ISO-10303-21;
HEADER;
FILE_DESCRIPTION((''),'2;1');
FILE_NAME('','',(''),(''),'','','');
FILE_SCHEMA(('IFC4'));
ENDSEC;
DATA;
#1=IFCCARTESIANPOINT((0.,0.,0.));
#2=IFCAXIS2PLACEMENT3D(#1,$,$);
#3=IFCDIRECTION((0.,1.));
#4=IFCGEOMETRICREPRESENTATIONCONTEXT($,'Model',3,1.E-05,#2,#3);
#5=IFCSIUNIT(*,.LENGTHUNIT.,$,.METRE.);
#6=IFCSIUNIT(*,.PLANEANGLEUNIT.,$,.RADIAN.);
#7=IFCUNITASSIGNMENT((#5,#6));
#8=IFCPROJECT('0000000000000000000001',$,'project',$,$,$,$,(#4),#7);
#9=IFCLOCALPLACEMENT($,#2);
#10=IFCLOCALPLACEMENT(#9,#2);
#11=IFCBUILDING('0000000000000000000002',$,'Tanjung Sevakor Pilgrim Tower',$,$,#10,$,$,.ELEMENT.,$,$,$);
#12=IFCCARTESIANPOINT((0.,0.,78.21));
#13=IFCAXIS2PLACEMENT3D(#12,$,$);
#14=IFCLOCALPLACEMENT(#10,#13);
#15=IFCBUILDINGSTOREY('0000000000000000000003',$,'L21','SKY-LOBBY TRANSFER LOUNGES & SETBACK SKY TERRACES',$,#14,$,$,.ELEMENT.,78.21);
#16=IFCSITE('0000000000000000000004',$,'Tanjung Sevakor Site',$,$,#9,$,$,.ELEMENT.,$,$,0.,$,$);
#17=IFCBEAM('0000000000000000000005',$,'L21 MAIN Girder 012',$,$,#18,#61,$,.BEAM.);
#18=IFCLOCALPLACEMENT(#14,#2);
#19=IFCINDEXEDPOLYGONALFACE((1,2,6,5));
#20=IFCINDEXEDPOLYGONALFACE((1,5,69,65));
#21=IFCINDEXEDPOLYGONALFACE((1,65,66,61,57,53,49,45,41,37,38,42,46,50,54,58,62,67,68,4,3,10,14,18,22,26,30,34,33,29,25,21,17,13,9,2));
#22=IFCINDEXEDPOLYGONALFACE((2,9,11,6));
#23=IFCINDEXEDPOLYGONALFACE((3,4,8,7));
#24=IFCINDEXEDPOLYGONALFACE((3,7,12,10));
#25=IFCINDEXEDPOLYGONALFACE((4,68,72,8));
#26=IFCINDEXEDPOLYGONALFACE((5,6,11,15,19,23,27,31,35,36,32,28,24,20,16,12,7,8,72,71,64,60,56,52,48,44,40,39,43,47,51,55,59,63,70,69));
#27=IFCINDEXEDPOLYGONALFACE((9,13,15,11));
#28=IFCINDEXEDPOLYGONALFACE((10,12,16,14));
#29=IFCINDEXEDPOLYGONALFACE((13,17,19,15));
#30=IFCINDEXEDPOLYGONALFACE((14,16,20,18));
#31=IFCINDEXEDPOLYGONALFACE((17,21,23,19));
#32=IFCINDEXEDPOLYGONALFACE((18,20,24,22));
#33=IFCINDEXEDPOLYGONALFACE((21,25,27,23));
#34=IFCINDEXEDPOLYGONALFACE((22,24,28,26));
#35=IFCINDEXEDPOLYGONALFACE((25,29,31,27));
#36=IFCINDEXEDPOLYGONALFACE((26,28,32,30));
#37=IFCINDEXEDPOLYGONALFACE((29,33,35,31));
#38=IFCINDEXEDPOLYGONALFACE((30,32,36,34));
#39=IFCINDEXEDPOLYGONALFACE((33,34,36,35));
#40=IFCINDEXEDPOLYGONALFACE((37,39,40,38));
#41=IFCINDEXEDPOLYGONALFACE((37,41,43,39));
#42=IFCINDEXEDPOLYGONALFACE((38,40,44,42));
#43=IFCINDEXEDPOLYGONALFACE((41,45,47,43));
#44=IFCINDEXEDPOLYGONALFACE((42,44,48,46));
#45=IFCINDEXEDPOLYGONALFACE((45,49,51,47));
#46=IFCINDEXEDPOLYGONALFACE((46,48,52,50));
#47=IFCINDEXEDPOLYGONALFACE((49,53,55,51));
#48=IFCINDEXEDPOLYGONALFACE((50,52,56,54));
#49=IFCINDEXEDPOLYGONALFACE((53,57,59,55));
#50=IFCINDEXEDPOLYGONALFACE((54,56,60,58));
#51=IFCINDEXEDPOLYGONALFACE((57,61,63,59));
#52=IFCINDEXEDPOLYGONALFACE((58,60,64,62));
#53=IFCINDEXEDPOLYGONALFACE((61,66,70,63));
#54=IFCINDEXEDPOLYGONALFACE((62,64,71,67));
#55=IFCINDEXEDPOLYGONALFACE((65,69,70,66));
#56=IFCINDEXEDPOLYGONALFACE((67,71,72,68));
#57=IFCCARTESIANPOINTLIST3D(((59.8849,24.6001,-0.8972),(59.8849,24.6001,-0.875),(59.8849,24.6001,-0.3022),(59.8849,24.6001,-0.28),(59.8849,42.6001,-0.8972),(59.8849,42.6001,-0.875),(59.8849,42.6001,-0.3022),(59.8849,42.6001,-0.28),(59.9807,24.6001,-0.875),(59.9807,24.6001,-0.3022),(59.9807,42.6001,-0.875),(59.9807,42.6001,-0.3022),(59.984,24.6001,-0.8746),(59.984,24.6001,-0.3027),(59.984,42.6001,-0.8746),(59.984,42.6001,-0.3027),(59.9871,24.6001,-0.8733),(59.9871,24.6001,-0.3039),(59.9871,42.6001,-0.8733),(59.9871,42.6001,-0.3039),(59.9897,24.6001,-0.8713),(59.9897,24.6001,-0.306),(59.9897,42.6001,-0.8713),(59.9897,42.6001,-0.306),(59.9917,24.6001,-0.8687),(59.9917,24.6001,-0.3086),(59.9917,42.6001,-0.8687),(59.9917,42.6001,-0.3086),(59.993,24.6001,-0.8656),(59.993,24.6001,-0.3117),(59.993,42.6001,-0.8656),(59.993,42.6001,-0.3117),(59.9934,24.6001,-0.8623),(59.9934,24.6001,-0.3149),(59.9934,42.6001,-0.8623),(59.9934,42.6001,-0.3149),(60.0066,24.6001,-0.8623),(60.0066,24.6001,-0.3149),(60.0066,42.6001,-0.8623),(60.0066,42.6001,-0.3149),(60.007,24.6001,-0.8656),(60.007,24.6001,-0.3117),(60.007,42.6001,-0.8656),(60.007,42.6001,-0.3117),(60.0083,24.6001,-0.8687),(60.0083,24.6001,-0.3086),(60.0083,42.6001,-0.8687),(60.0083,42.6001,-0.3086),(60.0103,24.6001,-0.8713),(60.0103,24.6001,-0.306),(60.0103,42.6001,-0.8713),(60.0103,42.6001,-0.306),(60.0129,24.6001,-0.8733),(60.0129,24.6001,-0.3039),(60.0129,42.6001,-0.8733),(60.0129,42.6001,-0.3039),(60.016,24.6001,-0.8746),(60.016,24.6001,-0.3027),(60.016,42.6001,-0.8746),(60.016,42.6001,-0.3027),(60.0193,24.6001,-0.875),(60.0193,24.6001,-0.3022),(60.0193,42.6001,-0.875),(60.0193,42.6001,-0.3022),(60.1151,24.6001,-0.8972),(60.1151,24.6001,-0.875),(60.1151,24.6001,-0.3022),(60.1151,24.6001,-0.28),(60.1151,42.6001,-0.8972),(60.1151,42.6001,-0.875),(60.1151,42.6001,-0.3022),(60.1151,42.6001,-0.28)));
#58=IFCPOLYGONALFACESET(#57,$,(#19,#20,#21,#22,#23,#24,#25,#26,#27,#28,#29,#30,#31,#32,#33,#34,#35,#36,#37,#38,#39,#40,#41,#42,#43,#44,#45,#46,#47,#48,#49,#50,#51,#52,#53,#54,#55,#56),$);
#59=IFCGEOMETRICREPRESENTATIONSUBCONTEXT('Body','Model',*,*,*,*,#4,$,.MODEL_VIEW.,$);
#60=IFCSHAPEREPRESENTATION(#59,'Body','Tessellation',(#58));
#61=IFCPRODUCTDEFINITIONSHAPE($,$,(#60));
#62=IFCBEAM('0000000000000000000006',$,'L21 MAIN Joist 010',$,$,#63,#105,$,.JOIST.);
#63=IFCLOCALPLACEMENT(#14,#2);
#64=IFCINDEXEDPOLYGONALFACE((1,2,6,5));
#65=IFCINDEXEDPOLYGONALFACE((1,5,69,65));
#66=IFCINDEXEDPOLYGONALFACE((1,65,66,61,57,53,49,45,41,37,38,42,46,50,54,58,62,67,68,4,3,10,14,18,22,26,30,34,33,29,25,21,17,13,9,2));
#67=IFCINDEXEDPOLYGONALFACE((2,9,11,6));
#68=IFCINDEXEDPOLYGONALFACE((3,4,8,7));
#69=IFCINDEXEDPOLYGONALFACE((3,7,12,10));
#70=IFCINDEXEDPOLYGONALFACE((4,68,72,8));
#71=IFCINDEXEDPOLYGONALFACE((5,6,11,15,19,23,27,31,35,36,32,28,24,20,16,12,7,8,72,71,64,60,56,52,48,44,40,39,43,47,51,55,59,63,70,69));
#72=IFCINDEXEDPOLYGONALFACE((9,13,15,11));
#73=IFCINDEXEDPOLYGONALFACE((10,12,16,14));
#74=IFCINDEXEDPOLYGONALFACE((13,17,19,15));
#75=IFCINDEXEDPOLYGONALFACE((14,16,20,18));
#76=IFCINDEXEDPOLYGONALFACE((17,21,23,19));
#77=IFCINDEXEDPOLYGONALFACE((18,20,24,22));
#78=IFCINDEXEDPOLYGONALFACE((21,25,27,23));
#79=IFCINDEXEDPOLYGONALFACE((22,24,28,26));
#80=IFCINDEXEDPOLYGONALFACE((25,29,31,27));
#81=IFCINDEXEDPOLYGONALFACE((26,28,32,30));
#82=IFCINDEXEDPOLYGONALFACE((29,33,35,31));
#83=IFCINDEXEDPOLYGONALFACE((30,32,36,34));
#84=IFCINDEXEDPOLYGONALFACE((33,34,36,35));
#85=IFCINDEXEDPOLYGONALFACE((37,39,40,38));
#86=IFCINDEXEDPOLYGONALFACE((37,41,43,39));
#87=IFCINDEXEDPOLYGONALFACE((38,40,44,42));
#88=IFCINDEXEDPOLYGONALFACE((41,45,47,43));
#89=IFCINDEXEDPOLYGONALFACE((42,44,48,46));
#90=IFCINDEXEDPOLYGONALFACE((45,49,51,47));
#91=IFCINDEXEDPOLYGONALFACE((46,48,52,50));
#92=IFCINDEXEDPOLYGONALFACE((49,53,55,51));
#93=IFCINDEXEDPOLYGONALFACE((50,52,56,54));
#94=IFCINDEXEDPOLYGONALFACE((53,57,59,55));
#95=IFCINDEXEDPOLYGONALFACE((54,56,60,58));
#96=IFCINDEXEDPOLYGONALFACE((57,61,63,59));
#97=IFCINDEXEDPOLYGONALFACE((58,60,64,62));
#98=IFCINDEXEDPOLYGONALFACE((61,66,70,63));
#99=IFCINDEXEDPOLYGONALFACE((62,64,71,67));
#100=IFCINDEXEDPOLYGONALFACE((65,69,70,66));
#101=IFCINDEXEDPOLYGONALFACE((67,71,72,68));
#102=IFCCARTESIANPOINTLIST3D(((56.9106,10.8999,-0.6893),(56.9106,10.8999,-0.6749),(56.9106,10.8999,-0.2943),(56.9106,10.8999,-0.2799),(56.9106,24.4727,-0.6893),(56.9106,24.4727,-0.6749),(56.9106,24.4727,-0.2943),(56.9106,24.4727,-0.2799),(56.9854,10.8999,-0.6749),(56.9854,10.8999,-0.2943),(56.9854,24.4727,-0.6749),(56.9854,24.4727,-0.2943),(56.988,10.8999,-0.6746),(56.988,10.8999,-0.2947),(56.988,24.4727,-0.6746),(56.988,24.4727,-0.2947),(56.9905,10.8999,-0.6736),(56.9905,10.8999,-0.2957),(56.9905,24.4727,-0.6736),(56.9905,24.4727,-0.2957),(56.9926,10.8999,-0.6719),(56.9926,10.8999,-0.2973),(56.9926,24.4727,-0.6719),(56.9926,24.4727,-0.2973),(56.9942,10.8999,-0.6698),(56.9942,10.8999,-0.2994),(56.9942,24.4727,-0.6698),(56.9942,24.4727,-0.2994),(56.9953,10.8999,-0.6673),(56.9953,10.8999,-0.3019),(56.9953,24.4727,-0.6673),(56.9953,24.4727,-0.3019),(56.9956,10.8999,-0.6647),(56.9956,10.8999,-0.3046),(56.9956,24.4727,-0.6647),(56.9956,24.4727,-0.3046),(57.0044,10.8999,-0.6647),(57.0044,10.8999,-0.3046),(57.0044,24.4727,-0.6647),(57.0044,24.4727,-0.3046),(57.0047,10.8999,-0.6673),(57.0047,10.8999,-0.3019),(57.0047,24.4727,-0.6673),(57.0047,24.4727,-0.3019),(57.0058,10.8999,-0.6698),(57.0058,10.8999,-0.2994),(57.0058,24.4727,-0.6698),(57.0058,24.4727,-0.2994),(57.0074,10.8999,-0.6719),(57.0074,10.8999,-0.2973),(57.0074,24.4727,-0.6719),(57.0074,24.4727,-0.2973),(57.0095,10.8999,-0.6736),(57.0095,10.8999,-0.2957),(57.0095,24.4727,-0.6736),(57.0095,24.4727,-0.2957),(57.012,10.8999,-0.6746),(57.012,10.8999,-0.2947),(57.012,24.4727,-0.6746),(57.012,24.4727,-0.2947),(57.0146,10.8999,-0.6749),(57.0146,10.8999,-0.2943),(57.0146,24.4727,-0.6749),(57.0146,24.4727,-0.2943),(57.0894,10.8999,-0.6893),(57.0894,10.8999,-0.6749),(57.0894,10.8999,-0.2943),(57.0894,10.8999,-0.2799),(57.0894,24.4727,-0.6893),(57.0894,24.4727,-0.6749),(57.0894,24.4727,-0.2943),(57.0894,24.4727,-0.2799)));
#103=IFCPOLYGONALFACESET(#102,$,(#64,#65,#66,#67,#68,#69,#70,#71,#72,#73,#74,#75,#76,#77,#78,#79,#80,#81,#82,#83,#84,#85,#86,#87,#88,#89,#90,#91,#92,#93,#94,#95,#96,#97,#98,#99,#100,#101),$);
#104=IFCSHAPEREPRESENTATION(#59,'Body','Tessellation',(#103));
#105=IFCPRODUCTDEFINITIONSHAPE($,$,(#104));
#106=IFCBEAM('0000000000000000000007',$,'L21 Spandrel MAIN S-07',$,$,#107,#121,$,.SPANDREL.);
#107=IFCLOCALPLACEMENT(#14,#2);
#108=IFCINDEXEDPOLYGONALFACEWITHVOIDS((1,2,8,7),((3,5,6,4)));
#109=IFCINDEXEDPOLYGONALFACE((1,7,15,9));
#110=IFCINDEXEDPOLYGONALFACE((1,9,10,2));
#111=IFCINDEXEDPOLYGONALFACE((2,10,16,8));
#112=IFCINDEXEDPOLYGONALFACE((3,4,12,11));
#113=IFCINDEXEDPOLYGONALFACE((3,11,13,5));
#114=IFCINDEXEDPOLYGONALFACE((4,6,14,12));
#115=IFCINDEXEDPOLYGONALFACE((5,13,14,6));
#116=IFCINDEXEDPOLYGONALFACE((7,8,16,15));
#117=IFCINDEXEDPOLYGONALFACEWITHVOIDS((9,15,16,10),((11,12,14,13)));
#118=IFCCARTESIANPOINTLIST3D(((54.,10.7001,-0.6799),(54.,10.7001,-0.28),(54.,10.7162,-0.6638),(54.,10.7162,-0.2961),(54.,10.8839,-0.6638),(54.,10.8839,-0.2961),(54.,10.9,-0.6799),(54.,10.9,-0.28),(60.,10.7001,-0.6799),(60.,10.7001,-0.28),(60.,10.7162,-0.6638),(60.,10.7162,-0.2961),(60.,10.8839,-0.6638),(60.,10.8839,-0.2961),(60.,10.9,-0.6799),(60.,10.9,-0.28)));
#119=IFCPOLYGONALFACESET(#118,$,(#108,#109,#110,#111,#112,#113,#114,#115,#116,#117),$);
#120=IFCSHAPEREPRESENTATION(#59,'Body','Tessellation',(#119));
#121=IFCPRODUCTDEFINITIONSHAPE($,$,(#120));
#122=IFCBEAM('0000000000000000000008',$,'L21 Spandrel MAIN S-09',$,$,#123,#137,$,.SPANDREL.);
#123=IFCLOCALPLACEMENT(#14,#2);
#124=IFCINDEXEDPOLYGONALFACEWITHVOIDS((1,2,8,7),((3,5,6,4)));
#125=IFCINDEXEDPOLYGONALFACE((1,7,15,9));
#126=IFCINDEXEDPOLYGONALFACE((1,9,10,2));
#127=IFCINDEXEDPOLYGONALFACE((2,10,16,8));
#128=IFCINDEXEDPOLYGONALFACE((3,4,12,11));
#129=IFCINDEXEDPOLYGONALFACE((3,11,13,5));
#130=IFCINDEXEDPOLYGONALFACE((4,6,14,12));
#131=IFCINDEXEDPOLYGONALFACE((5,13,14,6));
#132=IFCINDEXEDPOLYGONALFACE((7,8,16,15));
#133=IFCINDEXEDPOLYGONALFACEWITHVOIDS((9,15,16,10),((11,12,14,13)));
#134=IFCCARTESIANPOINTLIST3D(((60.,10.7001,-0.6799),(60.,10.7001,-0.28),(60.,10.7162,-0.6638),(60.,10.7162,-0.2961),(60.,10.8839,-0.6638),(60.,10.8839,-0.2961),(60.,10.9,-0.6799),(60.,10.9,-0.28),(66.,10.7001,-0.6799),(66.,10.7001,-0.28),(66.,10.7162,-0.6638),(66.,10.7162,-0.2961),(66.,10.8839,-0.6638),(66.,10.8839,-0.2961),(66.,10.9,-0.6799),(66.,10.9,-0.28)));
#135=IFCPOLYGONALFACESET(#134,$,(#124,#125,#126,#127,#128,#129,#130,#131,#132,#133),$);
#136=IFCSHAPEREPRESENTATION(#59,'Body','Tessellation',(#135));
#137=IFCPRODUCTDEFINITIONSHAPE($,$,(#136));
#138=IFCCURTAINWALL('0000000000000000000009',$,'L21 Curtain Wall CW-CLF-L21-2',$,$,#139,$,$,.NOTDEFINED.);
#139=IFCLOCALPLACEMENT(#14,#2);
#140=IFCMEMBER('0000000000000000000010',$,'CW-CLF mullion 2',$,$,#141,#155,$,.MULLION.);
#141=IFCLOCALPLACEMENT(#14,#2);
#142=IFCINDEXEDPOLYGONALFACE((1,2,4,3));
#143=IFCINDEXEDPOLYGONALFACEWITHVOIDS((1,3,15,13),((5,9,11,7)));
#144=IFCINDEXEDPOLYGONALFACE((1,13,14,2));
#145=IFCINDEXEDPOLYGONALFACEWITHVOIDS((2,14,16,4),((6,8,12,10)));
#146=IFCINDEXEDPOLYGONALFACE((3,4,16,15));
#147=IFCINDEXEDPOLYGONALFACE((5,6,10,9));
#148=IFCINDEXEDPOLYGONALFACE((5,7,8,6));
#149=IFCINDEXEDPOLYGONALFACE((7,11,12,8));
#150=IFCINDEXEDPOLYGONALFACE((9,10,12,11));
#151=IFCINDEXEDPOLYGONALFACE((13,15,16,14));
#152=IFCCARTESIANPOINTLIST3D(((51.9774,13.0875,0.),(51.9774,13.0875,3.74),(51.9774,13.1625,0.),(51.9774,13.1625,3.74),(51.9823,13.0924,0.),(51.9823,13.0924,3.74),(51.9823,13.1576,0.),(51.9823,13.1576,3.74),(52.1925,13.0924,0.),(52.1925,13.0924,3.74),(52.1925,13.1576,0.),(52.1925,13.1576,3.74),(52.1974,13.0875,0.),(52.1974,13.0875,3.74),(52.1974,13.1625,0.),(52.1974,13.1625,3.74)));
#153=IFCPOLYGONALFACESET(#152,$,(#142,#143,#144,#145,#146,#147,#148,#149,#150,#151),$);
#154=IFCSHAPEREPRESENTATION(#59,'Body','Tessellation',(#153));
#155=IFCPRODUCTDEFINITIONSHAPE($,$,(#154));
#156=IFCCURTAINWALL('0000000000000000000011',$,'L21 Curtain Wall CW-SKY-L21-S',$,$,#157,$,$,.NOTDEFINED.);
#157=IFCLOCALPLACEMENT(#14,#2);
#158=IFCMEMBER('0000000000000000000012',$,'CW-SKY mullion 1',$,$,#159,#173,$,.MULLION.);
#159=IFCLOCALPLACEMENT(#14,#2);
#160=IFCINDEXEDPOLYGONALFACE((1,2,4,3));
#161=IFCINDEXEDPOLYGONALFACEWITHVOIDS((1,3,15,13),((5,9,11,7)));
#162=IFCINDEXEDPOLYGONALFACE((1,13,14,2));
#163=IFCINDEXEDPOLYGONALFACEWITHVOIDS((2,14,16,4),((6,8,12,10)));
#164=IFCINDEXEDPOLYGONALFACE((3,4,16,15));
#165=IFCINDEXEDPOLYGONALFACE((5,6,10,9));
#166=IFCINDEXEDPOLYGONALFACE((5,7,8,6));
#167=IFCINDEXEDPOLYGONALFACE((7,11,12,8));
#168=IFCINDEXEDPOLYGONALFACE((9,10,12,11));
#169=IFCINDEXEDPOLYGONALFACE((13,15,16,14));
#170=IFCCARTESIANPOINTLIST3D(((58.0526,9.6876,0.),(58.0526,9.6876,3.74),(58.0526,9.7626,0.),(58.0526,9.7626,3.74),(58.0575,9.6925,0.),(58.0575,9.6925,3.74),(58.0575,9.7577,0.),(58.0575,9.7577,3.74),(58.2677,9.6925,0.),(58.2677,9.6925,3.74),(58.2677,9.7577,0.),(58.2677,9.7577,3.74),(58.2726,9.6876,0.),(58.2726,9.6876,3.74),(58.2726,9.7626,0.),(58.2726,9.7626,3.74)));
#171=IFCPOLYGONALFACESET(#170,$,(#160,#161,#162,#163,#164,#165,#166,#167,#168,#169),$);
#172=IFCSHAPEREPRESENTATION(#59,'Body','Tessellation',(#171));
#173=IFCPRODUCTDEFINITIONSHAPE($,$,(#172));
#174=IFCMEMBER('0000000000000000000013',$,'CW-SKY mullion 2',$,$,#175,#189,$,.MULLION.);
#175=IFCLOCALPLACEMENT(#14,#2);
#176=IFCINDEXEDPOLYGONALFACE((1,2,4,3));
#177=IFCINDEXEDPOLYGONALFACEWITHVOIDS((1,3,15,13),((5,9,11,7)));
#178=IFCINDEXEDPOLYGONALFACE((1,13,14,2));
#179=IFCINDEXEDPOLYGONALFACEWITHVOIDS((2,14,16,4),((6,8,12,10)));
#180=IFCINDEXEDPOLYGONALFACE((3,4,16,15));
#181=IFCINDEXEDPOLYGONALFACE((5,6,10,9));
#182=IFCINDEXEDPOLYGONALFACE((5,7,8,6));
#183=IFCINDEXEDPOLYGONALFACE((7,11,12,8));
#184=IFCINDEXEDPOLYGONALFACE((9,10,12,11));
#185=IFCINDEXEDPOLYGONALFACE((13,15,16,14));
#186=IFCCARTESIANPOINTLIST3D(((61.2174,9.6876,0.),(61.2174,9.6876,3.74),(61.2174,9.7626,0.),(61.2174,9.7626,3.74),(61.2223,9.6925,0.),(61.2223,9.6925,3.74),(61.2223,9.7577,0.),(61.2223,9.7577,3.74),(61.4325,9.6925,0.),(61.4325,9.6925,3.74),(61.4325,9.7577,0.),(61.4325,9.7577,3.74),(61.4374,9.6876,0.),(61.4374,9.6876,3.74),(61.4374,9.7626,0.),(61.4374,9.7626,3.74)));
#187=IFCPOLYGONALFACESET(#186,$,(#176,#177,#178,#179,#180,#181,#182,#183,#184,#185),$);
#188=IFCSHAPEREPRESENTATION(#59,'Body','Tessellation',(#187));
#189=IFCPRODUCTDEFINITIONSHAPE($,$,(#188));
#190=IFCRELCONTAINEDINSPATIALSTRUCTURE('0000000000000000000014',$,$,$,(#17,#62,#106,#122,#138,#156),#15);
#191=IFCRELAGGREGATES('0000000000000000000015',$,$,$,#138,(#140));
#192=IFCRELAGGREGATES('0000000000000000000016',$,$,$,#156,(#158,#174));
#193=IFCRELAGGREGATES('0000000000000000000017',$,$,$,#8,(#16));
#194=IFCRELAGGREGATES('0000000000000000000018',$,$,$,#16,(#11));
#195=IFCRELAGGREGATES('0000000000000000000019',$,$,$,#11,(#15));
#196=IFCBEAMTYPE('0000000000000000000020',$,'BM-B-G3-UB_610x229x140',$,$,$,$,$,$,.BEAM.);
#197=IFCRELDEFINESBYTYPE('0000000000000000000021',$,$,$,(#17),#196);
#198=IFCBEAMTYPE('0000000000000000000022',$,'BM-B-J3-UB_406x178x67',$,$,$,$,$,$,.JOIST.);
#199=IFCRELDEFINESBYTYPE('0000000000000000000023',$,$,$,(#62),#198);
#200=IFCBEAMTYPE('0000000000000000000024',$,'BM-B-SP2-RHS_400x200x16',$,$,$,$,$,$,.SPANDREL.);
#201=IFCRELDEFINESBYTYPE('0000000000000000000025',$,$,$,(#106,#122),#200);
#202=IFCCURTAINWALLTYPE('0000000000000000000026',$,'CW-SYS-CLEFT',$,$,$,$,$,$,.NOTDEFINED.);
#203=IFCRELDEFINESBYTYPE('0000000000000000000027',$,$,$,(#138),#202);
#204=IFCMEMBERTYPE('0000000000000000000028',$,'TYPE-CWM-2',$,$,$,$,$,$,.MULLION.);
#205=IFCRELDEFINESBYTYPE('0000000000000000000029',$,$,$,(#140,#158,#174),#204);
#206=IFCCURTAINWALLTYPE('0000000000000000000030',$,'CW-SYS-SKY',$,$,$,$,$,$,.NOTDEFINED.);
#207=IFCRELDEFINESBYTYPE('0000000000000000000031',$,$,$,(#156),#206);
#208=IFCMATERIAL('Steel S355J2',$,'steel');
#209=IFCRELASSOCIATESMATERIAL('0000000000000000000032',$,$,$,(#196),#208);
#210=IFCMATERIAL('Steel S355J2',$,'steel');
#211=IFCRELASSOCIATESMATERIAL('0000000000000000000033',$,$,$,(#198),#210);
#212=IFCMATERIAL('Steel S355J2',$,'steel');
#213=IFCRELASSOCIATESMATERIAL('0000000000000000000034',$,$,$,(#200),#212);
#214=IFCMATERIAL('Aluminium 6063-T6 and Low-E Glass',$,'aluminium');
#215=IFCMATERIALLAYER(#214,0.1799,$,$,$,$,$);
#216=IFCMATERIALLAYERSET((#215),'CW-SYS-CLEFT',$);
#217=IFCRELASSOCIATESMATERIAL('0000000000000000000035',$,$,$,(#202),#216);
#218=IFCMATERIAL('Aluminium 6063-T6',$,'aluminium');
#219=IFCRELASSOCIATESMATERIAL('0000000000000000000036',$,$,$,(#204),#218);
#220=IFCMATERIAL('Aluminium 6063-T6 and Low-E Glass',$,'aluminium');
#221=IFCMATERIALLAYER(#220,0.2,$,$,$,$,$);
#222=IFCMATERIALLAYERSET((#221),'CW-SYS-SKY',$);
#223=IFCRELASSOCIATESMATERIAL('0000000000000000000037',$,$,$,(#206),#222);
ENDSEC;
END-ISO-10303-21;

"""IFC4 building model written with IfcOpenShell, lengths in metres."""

from ifc_helpers import new_model, si_unit, direction, frame, origin, origin_2d, place, context, subcontext, project, spatial, hollow_rectangle, i_section, extrude, material, layer, layer_set, material_profile, profile_set, type_object, element, aggregate, save


model = new_model("IFC4")

# Units and contexts
model_context = context("Model", 3, precision=1e-05, world=origin(), true_north=direction((0.0, 1.0)))
body_context = subcontext(model_context, "Body", "Model", "MODEL_VIEW")
ifc_project = project(units=[si_unit("LENGTHUNIT", "METRE"), si_unit("PLANEANGLEUNIT", "RADIAN")], contexts=[model_context])

# Site, building, storey
site_placement = place(None, origin())
site = spatial("IfcSite", under=ifc_project, at=site_placement, Name="Tanjung Sevakor Site", CompositionType="ELEMENT", RefElevation=0.0)
building_placement = place(site_placement, origin())
building = spatial("IfcBuilding", under=site, at=building_placement, Name="Tanjung Sevakor Pilgrim Tower", CompositionType="ELEMENT")
storey_placement = place(building_placement, frame((0.0, 0.0, 78.21)))
storey = spatial("IfcBuildingStorey", under=building, at=storey_placement, Name="L21", Description="SKY-LOBBY TRANSFER LOUNGES & SETBACK SKY TERRACES", CompositionType="ELEMENT", Elevation=78.21)

# Beams
ifc_material_1 = material(Name="Steel S355J2", Category="steel")
ifc_material_profile_1 = material_profile(ifc_material_1, i_section(OverallWidth=0.2302, OverallDepth=0.6172, WebThickness=0.0132, FlangeThickness=0.0222, FilletRadius=0.0127, at=origin_2d()))
ifc_profile_set_1 = profile_set([ifc_material_profile_1], Name="Steel S355J2")
beam_type_1 = type_object("IfcBeamType", Name="BM-B-G3-UB_610x229x140", PredefinedType="BEAM", material=ifc_profile_set_1)
for number, where, z_axis, x_axis, name in (
    (1, (60.0, 24.6001, -0.5886), (0.0, 1.0, 0.0), (-1.0, 0.0, 0.0), "L21 MAIN Girder 012"),
):
    element("IfcBeam", number, at=place(storey_placement, frame(where, z_axis=z_axis, x_axis=x_axis)), inside=storey, type_object=beam_type_1, Name=name, PredefinedType="BEAM", context=body_context, shape_type="SweptSolid", body=[
        extrude(i_section(OverallWidth=0.2302, OverallDepth=0.6172, WebThickness=0.0132, FlangeThickness=0.0222, FilletRadius=0.0127, at=origin_2d()), origin(), (0.0, 0.0, 1.0), 18.0),
    ])
ifc_material_2 = material(Name="Steel S355J2", Category="steel")
ifc_material_profile_2 = material_profile(ifc_material_2, i_section(OverallWidth=0.1787, OverallDepth=0.4094, WebThickness=0.0088, FlangeThickness=0.0144, FilletRadius=0.0103, at=origin_2d()))
ifc_profile_set_2 = profile_set([ifc_material_profile_2], Name="Steel S355J2")
beam_type_2 = type_object("IfcBeamType", Name="BM-B-J3-UB_406x178x67", PredefinedType="JOIST", material=ifc_profile_set_2)
beam_placement = place(storey_placement, frame((57.0, 10.8999, -0.4846), z_axis=(0.0, 1.0, 0.0), x_axis=(-1.0, 0.0, 0.0)))
element("IfcBeam", 2, at=beam_placement, inside=storey, type_object=beam_type_2, Name="L21 MAIN Joist 010", PredefinedType="JOIST", context=body_context, shape_type="SweptSolid", body=[
    extrude(i_section(OverallWidth=0.1787, OverallDepth=0.4094, WebThickness=0.0088, FlangeThickness=0.0144, FilletRadius=0.0103, at=origin_2d()), origin(), (0.0, 0.0, 1.0), 13.5728),
])
ifc_material_3 = material(Name="Steel S355J2", Category="steel")
ifc_material_profile_3 = material_profile(ifc_material_3, hollow_rectangle(XDim=0.2, YDim=0.3999, WallThickness=0.0161, at=origin_2d()))
ifc_profile_set_3 = profile_set([ifc_material_profile_3], Name="Steel S355J2")
beam_type_3 = type_object("IfcBeamType", Name="BM-B-SP2-RHS_400x200x16", PredefinedType="SPANDREL", material=ifc_profile_set_3)
for number, where, z_axis, x_axis, name in (
    (3, (54.0, 10.8, -0.48), (1.0, 0.0, 0.0), (0.0, 1.0, 0.0), "L21 Spandrel MAIN S-07"),
    (4, (60.0, 10.8, -0.48), (1.0, 0.0, 0.0), (0.0, 1.0, 0.0), "L21 Spandrel MAIN S-09"),
):
    element("IfcBeam", number, at=place(storey_placement, frame(where, z_axis=z_axis, x_axis=x_axis)), inside=storey, type_object=beam_type_3, Name=name, PredefinedType="SPANDREL", context=body_context, shape_type="SweptSolid", body=[
        extrude(hollow_rectangle(XDim=0.2, YDim=0.3999, WallThickness=0.0161, at=origin_2d()), origin(), (0.0, 0.0, 1.0), 6.0),
    ])

# Curtain wall, member
ifc_material_4 = material(Name="Aluminium 6063-T6 and Low-E Glass", Category="aluminium")
ifc_layer_1 = layer(ifc_material_4, 0.1799)
ifc_layer_set_1 = layer_set([ifc_layer_1], Name="CW-SYS-CLEFT")
curtain_wall_type_1 = type_object("IfcCurtainWallType", Name="CW-SYS-CLEFT", PredefinedType="NOTDEFINED", material=ifc_layer_set_1)
curtain_wall_1_placement = place(storey_placement, origin())
curtain_wall_1 = element("IfcCurtainWall", 5, at=curtain_wall_1_placement, inside=storey, type_object=curtain_wall_type_1, Name="L21 Curtain Wall CW-CLF-L21-2", PredefinedType="NOTDEFINED")
ifc_material_5 = material(Name="Aluminium 6063-T6", Category="aluminium")
ifc_material_profile_4 = material_profile(ifc_material_5, hollow_rectangle(XDim=0.075, YDim=0.22, WallThickness=0.0049, at=origin_2d()))
ifc_profile_set_4 = profile_set([ifc_material_profile_4], Name="Aluminium 6063-T6")
member_type_1 = type_object("IfcMemberType", Name="TYPE-CWM-2", PredefinedType="MULLION", material=ifc_profile_set_4)
member_1_placement = place(storey_placement, frame((52.0874, 13.125, 0.0), z_axis=(0.0, 0.0, 1.0), x_axis=(0.0, 1.0, 0.0)))
member_1 = element("IfcMember", 6, at=member_1_placement, type_object=member_type_1, Name="CW-CLF mullion 2", PredefinedType="MULLION", context=body_context, shape_type="SweptSolid", body=[
    extrude(hollow_rectangle(XDim=0.075, YDim=0.22, WallThickness=0.0049, at=origin_2d()), origin(), (0.0, 0.0, 1.0), 3.74),
])
aggregate(curtain_wall_1, [member_1])

# Curtain wall, members
ifc_material_6 = material(Name="Aluminium 6063-T6 and Low-E Glass", Category="aluminium")
ifc_layer_2 = layer(ifc_material_6, 0.2)
ifc_layer_set_2 = layer_set([ifc_layer_2], Name="CW-SYS-SKY")
curtain_wall_type_2 = type_object("IfcCurtainWallType", Name="CW-SYS-SKY", PredefinedType="NOTDEFINED", material=ifc_layer_set_2)
curtain_wall_2_placement = place(storey_placement, origin())
curtain_wall_2 = element("IfcCurtainWall", 7, at=curtain_wall_2_placement, inside=storey, type_object=curtain_wall_type_2, Name="L21 Curtain Wall CW-SKY-L21-S", PredefinedType="NOTDEFINED")
member_2_placement = place(storey_placement, frame((58.1626, 9.7251, 0.0), z_axis=(0.0, 0.0, 1.0), x_axis=(0.0, 1.0, 0.0)))
member_2 = element("IfcMember", 8, at=member_2_placement, type_object=member_type_1, Name="CW-SKY mullion 1", PredefinedType="MULLION", context=body_context, shape_type="SweptSolid", body=[
    extrude(hollow_rectangle(XDim=0.075, YDim=0.22, WallThickness=0.0049, at=origin_2d()), origin(), (0.0, 0.0, 1.0), 3.74),
])
member_3_placement = place(storey_placement, frame((61.3274, 9.7251, 0.0), z_axis=(0.0, 0.0, 1.0), x_axis=(0.0, 1.0, 0.0)))
member_3 = element("IfcMember", 9, at=member_3_placement, type_object=member_type_1, Name="CW-SKY mullion 2", PredefinedType="MULLION", context=body_context, shape_type="SweptSolid", body=[
    extrude(hollow_rectangle(XDim=0.075, YDim=0.22, WallThickness=0.0049, at=origin_2d()), origin(), (0.0, 0.0, 1.0), 3.74),
])
aggregate(curtain_wall_2, [member_2, member_3])

save(model, "model.ifc")
